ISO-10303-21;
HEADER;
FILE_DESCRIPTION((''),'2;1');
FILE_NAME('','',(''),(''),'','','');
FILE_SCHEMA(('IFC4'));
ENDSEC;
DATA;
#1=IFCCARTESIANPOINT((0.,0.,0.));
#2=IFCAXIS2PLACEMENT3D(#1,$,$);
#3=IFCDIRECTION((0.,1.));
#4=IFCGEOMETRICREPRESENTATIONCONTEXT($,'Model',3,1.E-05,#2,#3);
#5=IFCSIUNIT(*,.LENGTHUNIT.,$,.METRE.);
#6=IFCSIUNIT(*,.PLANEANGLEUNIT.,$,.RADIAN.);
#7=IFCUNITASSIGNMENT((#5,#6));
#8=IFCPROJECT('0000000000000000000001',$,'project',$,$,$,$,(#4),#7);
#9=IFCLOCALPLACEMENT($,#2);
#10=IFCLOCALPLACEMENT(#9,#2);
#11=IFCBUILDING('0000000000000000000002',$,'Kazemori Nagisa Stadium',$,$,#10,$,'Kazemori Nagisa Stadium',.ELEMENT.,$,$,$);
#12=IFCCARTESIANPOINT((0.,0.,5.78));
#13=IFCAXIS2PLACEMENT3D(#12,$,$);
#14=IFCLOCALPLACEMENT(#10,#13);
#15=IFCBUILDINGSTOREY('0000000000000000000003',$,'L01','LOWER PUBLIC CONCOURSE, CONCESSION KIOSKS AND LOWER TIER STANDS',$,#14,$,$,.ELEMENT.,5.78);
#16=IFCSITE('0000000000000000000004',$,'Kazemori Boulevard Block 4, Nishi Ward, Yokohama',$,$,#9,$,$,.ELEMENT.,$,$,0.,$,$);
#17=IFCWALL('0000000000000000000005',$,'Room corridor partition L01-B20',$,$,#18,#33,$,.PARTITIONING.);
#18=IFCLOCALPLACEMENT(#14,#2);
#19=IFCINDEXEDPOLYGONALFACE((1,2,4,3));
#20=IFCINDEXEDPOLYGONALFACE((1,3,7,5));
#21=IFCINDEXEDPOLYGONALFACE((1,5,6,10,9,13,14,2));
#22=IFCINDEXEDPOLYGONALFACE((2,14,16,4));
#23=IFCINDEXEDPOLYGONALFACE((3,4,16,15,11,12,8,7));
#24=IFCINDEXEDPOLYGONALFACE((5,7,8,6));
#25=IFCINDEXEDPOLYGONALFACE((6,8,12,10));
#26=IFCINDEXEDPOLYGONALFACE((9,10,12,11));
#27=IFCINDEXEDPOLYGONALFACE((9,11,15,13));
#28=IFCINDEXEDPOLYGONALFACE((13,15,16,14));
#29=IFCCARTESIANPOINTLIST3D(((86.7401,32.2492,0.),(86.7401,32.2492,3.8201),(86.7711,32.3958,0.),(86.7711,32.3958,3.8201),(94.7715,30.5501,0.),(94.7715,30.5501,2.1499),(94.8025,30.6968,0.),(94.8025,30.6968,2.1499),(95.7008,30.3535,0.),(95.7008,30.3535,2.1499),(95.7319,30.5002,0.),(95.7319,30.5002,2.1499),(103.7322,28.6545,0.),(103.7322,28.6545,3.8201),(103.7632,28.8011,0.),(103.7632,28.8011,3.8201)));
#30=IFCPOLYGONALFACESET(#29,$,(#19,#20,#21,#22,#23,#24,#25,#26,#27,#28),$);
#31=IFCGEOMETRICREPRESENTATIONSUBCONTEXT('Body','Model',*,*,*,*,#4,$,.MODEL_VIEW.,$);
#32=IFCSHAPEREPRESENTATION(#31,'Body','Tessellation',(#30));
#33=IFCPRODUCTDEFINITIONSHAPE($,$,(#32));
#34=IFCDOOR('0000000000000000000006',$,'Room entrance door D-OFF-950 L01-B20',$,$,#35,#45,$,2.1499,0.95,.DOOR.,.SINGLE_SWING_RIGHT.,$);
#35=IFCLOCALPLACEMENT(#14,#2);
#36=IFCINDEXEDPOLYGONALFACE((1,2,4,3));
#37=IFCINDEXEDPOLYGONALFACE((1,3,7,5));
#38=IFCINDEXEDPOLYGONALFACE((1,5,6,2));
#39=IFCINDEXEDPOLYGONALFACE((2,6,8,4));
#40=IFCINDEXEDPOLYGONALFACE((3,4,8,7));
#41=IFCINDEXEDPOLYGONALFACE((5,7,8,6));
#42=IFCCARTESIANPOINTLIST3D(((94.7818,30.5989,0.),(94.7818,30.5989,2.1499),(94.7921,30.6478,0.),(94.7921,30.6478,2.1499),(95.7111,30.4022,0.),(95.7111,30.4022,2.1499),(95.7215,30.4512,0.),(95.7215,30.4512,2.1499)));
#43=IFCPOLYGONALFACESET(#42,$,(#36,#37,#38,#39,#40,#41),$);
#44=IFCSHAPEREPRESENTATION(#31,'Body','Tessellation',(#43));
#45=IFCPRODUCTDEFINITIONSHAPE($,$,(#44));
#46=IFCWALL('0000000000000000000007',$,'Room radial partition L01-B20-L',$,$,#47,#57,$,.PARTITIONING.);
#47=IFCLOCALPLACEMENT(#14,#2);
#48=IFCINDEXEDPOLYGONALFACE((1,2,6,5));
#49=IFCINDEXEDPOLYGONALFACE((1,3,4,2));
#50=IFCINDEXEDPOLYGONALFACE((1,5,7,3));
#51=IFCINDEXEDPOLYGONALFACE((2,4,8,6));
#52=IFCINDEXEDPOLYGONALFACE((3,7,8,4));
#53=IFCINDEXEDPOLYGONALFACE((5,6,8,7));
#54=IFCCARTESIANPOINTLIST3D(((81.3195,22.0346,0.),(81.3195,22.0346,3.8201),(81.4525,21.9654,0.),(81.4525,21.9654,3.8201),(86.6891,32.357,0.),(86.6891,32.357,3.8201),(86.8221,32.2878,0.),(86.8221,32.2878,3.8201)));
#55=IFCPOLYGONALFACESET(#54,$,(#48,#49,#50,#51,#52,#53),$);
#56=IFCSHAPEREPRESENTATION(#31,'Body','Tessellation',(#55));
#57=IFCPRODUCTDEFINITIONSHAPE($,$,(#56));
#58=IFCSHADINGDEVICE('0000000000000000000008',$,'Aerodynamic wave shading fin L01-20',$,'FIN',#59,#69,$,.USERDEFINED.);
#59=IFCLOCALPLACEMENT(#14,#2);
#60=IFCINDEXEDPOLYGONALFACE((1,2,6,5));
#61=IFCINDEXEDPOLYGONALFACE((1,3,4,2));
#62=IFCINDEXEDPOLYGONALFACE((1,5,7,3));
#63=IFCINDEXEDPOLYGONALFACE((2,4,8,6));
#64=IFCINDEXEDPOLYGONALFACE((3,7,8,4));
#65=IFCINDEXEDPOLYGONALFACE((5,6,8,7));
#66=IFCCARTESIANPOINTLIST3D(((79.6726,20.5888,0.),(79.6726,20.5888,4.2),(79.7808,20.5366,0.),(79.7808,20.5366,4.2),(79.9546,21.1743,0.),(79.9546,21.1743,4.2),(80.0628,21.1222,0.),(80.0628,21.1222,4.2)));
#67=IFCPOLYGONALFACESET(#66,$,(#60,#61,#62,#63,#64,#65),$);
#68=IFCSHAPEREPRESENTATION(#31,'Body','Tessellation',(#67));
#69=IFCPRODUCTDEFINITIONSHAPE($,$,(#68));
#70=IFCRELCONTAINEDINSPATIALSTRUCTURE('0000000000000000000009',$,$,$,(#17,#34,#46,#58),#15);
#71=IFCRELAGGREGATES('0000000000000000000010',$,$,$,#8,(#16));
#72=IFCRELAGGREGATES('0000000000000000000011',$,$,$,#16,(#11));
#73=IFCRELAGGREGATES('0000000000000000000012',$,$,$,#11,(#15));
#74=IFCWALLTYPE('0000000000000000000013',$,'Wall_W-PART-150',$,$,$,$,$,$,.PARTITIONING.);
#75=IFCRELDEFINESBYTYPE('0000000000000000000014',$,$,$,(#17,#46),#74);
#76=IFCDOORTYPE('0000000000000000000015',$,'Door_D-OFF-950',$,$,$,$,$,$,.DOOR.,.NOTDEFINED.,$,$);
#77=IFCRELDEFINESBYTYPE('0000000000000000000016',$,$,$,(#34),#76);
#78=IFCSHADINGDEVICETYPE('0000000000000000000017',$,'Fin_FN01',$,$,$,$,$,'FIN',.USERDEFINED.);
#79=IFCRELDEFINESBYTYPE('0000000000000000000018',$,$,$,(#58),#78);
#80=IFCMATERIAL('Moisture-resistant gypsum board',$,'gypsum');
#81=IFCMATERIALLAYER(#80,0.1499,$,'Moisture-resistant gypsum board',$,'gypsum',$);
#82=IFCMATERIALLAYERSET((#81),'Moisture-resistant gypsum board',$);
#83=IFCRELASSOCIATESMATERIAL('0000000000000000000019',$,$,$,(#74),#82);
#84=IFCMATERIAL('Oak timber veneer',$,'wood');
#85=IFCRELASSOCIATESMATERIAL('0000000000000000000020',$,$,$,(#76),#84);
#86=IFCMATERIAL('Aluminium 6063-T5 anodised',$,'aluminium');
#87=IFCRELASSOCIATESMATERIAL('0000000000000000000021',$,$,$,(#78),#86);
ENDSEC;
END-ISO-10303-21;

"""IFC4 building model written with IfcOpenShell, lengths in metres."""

from ifc_helpers import new_model, si_unit, direction, frame, frame_2d, origin, origin_2d, place, context, subcontext, project, spatial, rectangle, extrude, material, layer, layer_set, type_object, element, fill, save


model = new_model("IFC4")

# Units and contexts
model_context = context("Model", 3, precision=1e-05, world=origin(), true_north=direction((0.0, 1.0)))
body_context = subcontext(model_context, "Body", "Model", "MODEL_VIEW")
ifc_project = project(units=[si_unit("LENGTHUNIT", "METRE"), si_unit("PLANEANGLEUNIT", "RADIAN")], contexts=[model_context])

# Site, building, storey
site_placement = place(None, origin())
site = spatial("IfcSite", under=ifc_project, at=site_placement, Name="Kazemori Boulevard Block 4, Nishi Ward, Yokohama", CompositionType="ELEMENT", RefElevation=0.0)
building_placement = place(site_placement, origin())
building = spatial("IfcBuilding", under=site, at=building_placement, Name="Kazemori Nagisa Stadium", LongName="Kazemori Nagisa Stadium", CompositionType="ELEMENT")
storey_placement = place(building_placement, frame((0.0, 0.0, 5.78)))
storey = spatial("IfcBuildingStorey", under=building, at=storey_placement, Name="L01", Description="LOWER PUBLIC CONCOURSE, CONCESSION KIOSKS AND LOWER TIER STANDS", CompositionType="ELEMENT", Elevation=5.78)

# Shared definitions
ifc_material_1 = material(Name="Aluminium 6063-T5 anodised", Category="aluminium")

# Shared definitions
ifc_material_2 = material(Name="Moisture-resistant gypsum board", Category="gypsum")
ifc_layer_1 = layer(ifc_material_2, 0.1499, Name="Moisture-resistant gypsum board", Category="gypsum")
ifc_layer_set_1 = layer_set([ifc_layer_1], Name="Moisture-resistant gypsum board")
wall_type = type_object("IfcWallType", Name="Wall_W-PART-150", PredefinedType="PARTITIONING", material=ifc_layer_set_1)

# Wall, opening, door
wall_1_placement = place(storey_placement, frame((86.7556, 32.3225, 0.0), z_axis=(0.0, 0.0, 1.0), x_axis=(0.978347, -0.206971, 0.0)))
wall_1 = element("IfcWall", 1, at=wall_1_placement, inside=storey, type_object=wall_type, Name="Room corridor partition L01-B20", PredefinedType="PARTITIONING", context=body_context, shape_type="SweptSolid", body=[
    extrude(rectangle(XDim=17.3682, YDim=0.1499, at=frame_2d((8.6841, 0.0))), origin(), (0.0, 0.0, 1.0), 3.8201),
])
opening_placement = place(wall_1_placement, frame((8.209, 0.0, 0.0)))
opening = element("IfcOpeningElement", 2, at=opening_placement, cuts=wall_1, PredefinedType="OPENING", context=body_context, shape_type="SweptSolid", body=[
    extrude(rectangle(XDim=0.95, YDim=2.1499, at=frame_2d((0.4751, 1.075))), frame((0.0, 0.085, 0.0), z_axis=(0.0, -1.0, 0.0), x_axis=(1.0, 0.0, 0.0)), (0.0, 0.0, 1.0), 0.1699),
])
ifc_material_3 = material(Name="Oak timber veneer", Category="wood")
door_type = type_object("IfcDoorType", Name="Door_D-OFF-950", OperationType="NOTDEFINED", PredefinedType="DOOR", material=ifc_material_3)
door_placement = place(opening_placement, origin())
door = element("IfcDoor", 3, at=door_placement, inside=storey, type_object=door_type, Name="Room entrance door D-OFF-950 L01-B20", OperationType="SINGLE_SWING_RIGHT", OverallHeight=2.1499, OverallWidth=0.95, PredefinedType="DOOR", context=body_context, shape_type="SweptSolid", body=[
    extrude(rectangle(XDim=0.95, YDim=2.1499, at=frame_2d((0.4751, 1.075))), frame((0.0, 0.0249, 0.0), z_axis=(0.0, -1.0, 0.0), x_axis=(1.0, 0.0, 0.0)), (0.0, 0.0, 1.0), 0.05),
])
fill(opening, door)

# Wall
wall_2_placement = place(storey_placement, frame((86.7556, 32.3225, 0.0), z_axis=(0.0, 0.0, 1.0), x_axis=(-0.461483, -0.887149, 0.0)))
element("IfcWall", 4, at=wall_2_placement, inside=storey, type_object=wall_type, Name="Room radial partition L01-B20-L", PredefinedType="PARTITIONING", context=body_context, shape_type="SweptSolid", body=[
    extrude(rectangle(XDim=11.6355, YDim=0.1499, at=frame_2d((5.8179, 0.0))), origin(), (0.0, 0.0, 1.0), 3.8201),
])

# Shading device
shading_device_type = type_object("IfcShadingDeviceType", Name="Fin_FN01", ElementType="FIN", PredefinedType="USERDEFINED", material=ifc_material_1)
shading_device_placement = place(storey_placement, frame((79.8677, 20.8555, 0.0), z_axis=(0.0, 0.0, 1.0), x_axis=(-0.433884, -0.900969, 0.0)))
element("IfcShadingDevice", 5, at=shading_device_placement, inside=storey, type_object=shading_device_type, Name="Aerodynamic wave shading fin L01-20", ObjectType="FIN", PredefinedType="USERDEFINED", context=body_context, shape_type="SweptSolid", body=[
    extrude(rectangle(XDim=0.6499, YDim=0.1201, at=origin_2d()), origin(), (0.0, 0.0, 1.0), 4.2),
])

save(model, "model.ifc")
